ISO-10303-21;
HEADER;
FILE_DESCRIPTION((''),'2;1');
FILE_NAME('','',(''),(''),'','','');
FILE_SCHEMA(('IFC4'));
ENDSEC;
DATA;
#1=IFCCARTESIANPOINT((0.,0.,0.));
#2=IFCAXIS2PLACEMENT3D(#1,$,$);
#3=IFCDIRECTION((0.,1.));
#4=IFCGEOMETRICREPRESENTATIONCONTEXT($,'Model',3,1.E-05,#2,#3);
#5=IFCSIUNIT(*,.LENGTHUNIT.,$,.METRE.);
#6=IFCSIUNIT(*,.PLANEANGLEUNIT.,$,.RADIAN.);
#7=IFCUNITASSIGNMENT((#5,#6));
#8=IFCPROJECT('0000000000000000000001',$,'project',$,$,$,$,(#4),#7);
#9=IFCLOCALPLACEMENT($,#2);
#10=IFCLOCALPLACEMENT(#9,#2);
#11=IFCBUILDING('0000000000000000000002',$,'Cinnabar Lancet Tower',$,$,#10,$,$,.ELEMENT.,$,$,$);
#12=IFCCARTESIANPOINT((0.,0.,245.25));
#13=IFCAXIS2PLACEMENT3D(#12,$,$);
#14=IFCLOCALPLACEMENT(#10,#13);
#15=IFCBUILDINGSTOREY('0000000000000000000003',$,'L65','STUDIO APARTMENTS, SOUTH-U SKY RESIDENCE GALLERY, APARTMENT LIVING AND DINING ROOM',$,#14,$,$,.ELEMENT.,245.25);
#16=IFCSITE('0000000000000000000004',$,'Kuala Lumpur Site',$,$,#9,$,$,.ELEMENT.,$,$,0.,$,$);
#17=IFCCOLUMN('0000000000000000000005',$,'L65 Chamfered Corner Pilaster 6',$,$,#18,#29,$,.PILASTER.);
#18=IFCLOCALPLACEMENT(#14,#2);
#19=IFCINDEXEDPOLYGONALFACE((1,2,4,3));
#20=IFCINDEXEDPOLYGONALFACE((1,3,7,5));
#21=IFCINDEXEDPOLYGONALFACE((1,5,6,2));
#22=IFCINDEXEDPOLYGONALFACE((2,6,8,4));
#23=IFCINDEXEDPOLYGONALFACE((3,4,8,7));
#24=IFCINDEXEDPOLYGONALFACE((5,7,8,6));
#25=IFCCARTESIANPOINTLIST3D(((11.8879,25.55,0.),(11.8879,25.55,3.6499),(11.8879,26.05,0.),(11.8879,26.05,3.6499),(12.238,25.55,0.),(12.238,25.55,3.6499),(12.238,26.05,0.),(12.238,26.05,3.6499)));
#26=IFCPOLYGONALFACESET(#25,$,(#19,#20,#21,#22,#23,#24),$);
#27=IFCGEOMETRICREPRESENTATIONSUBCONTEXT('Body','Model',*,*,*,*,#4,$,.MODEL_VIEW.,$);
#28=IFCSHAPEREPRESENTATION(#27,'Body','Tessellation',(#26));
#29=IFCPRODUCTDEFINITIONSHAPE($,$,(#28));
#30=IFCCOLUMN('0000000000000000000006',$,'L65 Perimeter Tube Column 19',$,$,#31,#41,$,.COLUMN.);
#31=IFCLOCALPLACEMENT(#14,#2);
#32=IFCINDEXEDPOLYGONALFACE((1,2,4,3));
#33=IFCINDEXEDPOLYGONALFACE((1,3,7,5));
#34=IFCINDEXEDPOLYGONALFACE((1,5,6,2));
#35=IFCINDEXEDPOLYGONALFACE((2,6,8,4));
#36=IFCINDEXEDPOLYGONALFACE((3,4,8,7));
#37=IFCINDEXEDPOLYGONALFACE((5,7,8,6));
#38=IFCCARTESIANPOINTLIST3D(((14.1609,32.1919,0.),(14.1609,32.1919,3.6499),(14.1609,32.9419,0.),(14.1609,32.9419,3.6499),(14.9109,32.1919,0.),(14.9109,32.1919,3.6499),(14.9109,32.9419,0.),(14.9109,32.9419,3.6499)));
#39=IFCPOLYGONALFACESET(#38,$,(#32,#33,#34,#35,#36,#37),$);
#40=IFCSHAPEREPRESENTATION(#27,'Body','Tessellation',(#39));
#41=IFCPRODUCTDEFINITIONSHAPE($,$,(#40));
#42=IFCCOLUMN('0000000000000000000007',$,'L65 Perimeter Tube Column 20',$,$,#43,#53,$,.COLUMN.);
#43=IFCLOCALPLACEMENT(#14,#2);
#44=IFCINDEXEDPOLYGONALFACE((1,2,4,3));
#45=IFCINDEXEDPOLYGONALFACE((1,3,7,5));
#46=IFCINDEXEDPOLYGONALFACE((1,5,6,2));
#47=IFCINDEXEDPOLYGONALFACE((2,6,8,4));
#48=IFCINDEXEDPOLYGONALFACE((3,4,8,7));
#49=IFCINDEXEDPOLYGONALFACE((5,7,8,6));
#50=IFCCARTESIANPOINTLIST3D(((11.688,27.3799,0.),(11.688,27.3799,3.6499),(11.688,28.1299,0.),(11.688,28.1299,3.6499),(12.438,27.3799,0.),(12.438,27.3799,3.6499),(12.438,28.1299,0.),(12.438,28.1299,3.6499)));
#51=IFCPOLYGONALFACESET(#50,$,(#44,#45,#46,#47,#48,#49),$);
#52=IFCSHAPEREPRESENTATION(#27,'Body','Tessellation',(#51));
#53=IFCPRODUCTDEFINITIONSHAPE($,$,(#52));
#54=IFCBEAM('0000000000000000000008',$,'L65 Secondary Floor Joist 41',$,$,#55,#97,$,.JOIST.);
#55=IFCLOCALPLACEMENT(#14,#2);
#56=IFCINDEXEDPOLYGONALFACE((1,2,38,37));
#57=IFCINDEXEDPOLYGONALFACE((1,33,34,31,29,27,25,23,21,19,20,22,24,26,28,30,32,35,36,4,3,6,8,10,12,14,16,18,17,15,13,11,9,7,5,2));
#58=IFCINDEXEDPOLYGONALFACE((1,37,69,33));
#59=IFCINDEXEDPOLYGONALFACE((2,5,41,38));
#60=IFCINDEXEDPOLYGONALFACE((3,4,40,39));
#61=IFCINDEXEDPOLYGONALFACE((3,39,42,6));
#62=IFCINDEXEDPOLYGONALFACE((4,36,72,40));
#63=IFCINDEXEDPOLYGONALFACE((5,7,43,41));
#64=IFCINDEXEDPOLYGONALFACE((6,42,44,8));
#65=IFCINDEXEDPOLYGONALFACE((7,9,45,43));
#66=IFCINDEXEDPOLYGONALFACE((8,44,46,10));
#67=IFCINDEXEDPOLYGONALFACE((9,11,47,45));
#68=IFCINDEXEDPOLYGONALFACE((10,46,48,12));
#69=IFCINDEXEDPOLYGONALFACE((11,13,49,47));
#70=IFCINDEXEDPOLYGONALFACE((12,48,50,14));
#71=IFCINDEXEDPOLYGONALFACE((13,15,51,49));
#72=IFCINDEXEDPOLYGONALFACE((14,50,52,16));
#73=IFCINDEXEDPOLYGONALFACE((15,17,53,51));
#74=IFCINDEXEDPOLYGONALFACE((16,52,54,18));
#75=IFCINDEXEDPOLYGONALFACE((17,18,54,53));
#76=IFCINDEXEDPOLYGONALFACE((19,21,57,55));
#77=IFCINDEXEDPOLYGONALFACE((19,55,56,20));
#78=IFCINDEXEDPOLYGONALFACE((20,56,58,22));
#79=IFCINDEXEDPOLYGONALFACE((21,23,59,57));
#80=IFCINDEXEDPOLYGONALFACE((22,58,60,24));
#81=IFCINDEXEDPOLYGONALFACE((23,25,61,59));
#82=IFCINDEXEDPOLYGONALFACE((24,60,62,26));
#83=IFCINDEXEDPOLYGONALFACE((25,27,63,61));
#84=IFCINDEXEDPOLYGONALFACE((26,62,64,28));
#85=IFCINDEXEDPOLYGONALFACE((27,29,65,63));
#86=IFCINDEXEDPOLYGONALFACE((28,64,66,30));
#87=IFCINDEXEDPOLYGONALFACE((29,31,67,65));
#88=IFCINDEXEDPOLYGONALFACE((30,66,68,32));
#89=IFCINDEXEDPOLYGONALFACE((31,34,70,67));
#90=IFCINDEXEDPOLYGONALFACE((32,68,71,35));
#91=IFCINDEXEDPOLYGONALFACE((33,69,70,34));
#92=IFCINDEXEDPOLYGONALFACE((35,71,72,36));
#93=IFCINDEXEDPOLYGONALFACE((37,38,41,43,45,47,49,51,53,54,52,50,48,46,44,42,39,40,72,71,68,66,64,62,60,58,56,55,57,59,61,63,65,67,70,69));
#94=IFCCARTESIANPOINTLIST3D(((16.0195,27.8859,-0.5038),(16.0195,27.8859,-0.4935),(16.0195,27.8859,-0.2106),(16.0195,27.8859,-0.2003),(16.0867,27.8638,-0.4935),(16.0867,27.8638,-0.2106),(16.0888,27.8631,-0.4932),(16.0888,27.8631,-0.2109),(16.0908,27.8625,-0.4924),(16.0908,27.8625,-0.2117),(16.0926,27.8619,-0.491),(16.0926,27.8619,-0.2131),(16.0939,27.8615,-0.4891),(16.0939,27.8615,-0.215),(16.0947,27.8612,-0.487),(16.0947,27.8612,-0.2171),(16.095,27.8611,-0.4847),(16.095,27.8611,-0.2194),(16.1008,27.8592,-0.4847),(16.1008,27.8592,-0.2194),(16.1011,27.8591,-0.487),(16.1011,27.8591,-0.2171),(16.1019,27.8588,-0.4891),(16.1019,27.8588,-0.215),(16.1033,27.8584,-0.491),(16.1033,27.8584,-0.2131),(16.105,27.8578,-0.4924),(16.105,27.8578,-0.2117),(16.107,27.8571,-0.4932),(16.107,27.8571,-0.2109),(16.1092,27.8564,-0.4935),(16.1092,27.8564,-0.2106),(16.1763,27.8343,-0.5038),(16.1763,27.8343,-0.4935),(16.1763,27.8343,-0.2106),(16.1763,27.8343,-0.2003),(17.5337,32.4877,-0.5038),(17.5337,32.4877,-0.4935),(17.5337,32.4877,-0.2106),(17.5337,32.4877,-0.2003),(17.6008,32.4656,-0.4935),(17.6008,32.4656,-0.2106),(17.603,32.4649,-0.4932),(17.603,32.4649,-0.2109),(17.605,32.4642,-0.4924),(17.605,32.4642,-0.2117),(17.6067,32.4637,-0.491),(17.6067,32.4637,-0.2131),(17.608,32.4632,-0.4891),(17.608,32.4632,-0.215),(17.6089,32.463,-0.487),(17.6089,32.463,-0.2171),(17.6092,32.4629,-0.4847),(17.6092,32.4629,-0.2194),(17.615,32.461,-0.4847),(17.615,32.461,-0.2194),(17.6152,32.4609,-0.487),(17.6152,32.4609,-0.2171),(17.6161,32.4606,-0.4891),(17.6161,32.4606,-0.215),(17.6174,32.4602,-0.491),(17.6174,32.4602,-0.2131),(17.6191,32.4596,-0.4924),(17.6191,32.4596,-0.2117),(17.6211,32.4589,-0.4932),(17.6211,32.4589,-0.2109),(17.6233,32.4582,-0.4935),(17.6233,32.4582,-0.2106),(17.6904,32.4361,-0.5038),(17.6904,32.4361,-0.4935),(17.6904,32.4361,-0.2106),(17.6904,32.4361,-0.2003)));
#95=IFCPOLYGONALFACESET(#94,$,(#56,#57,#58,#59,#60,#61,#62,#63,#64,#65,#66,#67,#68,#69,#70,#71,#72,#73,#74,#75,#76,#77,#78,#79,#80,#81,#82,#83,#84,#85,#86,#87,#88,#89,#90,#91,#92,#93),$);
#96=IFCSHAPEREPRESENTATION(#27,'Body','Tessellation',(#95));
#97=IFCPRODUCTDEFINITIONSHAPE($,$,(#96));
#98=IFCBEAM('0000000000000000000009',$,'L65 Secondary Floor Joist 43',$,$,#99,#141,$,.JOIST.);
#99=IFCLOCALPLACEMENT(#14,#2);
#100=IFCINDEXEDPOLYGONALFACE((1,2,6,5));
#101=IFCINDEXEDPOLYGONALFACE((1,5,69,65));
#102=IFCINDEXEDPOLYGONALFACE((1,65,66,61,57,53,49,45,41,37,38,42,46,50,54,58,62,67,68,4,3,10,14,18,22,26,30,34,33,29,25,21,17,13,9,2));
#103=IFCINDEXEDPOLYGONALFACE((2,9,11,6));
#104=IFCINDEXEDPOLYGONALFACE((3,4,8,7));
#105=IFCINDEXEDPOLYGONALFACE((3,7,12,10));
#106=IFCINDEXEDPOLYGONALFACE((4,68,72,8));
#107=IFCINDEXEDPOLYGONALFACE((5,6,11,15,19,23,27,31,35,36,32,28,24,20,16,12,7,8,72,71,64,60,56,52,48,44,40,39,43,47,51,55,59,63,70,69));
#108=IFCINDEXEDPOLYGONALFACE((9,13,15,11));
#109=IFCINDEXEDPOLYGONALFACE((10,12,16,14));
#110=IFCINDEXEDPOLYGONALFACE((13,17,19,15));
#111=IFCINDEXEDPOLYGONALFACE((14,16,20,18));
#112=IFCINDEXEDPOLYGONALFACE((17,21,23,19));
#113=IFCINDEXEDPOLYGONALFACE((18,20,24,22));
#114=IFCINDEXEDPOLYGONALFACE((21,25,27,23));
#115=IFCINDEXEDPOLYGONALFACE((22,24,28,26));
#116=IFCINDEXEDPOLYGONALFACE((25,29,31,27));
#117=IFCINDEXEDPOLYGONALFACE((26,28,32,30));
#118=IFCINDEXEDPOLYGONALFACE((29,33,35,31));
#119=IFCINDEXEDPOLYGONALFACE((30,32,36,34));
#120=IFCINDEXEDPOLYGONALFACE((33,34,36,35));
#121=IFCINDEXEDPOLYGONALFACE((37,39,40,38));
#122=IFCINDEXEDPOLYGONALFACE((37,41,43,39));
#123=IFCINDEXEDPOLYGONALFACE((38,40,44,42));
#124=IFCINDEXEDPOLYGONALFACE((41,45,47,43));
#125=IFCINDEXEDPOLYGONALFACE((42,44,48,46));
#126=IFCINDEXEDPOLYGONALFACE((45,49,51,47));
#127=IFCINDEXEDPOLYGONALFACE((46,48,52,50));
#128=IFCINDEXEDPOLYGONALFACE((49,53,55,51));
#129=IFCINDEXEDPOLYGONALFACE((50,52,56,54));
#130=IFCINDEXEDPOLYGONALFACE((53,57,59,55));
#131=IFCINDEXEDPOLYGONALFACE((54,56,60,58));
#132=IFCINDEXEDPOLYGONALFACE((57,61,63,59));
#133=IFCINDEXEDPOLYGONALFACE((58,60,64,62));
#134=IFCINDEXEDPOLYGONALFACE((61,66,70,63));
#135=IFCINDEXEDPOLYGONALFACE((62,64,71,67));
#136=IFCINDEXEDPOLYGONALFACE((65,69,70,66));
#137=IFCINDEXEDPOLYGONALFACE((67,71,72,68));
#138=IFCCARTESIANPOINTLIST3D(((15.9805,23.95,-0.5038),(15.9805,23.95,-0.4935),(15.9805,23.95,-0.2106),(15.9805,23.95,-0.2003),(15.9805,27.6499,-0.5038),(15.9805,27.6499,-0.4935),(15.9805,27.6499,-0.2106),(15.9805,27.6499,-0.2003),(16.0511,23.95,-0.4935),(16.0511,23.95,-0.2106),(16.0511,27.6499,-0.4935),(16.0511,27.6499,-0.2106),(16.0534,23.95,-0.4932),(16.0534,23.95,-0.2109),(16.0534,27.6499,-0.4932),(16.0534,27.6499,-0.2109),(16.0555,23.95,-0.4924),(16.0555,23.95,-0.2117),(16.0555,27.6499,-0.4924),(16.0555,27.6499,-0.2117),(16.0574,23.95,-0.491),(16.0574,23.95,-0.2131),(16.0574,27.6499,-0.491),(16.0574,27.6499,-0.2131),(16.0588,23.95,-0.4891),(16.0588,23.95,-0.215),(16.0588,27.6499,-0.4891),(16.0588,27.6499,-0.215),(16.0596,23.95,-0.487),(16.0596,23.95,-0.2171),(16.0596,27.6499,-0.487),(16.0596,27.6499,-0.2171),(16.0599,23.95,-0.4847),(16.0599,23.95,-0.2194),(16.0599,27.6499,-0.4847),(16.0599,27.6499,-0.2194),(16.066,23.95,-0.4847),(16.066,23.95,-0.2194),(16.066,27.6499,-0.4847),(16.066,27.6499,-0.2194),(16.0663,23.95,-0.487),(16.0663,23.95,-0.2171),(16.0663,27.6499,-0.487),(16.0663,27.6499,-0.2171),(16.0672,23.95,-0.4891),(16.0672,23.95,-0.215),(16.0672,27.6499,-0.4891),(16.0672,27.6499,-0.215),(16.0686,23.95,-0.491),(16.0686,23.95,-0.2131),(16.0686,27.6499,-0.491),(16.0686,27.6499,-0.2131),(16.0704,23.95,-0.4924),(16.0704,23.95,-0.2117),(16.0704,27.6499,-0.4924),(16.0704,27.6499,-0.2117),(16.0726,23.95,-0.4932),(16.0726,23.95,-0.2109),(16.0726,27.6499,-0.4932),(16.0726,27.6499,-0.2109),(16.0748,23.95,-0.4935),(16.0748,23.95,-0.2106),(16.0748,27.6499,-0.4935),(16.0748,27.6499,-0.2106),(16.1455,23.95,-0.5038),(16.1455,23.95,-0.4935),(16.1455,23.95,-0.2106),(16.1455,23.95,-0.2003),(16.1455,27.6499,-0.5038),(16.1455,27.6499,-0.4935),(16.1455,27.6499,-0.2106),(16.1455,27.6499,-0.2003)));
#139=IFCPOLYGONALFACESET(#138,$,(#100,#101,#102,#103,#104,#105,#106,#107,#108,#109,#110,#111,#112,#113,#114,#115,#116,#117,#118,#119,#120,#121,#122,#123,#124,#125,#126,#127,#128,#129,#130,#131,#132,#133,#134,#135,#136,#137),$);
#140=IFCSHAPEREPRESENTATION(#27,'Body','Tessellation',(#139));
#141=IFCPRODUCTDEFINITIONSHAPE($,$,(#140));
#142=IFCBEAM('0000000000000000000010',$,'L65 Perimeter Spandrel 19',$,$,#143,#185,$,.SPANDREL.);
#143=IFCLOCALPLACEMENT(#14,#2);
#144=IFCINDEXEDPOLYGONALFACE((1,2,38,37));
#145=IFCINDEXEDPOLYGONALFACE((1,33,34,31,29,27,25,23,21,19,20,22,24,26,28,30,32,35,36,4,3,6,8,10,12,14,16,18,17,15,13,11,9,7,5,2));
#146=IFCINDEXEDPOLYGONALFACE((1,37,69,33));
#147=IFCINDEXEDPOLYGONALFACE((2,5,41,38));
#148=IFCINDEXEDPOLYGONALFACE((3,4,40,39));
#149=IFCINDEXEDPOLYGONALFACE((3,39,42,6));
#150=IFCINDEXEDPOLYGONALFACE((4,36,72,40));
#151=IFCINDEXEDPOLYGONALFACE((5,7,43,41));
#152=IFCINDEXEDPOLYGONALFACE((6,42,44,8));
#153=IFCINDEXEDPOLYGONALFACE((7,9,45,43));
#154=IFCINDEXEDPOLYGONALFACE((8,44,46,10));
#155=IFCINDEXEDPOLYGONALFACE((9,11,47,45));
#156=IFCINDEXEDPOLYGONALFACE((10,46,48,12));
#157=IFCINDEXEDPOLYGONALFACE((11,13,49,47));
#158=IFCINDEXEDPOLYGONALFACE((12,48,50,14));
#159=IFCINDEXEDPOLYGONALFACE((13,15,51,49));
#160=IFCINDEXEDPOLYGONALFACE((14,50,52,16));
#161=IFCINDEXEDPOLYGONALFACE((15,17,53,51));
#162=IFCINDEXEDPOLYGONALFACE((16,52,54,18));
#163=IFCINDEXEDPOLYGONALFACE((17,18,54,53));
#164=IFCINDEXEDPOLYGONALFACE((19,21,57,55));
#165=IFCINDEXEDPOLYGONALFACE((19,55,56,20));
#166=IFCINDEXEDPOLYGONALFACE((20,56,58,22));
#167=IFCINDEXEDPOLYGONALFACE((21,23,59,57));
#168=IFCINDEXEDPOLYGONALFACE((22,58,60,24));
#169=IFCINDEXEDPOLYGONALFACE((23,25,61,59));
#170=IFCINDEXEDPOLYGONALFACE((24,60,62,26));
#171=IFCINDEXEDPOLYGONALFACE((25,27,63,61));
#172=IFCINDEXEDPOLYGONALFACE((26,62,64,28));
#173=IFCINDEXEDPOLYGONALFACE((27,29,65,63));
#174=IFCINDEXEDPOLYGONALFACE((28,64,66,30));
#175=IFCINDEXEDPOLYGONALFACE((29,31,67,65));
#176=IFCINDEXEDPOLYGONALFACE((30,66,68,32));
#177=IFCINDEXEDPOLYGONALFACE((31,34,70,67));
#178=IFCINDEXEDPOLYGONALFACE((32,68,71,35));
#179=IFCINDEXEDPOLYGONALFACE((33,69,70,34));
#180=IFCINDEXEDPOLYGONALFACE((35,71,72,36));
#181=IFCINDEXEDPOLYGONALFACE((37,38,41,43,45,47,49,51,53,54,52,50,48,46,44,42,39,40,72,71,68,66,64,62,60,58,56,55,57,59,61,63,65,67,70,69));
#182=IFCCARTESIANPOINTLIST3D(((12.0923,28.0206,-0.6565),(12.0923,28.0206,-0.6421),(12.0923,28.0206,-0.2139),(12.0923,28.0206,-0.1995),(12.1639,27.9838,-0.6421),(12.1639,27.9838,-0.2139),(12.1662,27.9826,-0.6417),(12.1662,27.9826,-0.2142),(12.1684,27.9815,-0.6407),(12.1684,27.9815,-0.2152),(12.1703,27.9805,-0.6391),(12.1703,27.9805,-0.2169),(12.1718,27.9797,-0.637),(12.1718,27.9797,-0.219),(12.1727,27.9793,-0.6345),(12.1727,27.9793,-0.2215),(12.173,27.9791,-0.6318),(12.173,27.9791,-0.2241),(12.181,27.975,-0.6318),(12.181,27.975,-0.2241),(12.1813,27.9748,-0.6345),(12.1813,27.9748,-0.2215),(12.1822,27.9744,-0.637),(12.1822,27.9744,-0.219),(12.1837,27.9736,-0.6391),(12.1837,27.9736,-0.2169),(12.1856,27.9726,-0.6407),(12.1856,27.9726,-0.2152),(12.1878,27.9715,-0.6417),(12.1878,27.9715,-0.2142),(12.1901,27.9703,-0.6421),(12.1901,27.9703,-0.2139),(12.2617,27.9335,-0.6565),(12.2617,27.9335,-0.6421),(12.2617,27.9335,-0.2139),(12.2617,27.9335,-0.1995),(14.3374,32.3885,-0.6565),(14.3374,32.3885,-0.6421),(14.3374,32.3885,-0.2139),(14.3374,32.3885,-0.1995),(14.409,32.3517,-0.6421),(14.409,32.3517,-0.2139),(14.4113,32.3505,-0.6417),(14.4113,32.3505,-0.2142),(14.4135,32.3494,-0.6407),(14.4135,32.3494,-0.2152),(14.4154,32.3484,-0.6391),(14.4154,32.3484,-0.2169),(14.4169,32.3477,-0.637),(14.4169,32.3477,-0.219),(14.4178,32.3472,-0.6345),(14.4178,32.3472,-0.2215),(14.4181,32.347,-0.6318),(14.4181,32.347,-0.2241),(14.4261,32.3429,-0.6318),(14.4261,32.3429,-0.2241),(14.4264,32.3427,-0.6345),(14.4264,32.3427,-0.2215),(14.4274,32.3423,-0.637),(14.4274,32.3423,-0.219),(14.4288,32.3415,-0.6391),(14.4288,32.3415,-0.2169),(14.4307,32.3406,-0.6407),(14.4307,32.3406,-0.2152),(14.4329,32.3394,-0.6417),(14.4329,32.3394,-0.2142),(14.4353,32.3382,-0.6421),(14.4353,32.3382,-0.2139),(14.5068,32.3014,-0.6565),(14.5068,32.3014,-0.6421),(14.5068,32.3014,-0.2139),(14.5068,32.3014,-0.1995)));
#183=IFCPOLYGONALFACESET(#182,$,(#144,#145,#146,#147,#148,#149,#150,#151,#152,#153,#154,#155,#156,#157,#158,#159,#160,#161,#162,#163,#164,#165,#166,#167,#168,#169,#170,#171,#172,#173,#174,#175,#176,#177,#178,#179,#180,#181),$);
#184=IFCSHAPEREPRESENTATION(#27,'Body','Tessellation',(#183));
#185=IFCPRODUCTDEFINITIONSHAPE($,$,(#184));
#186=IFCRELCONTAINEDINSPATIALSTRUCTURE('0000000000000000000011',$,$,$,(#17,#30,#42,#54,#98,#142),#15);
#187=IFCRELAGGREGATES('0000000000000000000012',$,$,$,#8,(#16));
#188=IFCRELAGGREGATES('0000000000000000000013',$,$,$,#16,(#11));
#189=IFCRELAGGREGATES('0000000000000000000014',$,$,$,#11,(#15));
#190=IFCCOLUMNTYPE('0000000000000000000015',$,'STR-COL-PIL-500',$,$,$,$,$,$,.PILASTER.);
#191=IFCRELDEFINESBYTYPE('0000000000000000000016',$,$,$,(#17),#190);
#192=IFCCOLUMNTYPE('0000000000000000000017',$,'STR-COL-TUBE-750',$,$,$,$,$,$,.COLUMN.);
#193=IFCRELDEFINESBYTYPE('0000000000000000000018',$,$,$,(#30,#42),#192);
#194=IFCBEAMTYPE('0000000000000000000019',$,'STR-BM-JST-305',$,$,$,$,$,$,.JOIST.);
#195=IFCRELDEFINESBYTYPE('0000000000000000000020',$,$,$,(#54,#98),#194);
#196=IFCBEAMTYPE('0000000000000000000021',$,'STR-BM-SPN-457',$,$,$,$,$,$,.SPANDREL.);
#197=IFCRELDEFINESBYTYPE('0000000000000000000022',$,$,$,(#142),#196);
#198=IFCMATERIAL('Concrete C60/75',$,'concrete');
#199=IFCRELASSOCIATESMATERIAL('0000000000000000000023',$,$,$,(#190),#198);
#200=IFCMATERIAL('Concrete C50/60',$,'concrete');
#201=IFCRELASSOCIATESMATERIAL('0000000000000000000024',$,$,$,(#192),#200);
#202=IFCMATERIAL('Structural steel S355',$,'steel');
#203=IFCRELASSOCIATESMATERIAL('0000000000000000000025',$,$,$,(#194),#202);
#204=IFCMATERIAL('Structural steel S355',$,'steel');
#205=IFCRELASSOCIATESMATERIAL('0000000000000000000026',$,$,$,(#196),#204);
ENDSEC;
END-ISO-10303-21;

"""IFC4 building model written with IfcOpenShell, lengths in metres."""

from ifc_helpers import new_model, si_unit, direction, frame, origin, origin_2d, place, context, subcontext, project, spatial, rectangle, i_section, extrude, material, material_profile, profile_set, type_object, element, save


model = new_model("IFC4")

# Units and contexts
model_context = context("Model", 3, precision=1e-05, world=origin(), true_north=direction((0.0, 1.0)))
body_context = subcontext(model_context, "Body", "Model", "MODEL_VIEW")
ifc_project = project(units=[si_unit("LENGTHUNIT", "METRE"), si_unit("PLANEANGLEUNIT", "RADIAN")], contexts=[model_context])

# Site, building, storey
site_placement = place(None, origin())
site = spatial("IfcSite", under=ifc_project, at=site_placement, Name="Kuala Lumpur Site", CompositionType="ELEMENT", RefElevation=0.0)
building_placement = place(site_placement, origin())
building = spatial("IfcBuilding", under=site, at=building_placement, Name="Cinnabar Lancet Tower", CompositionType="ELEMENT")
storey_placement = place(building_placement, frame((0.0, 0.0, 245.25)))
storey = spatial("IfcBuildingStorey", under=building, at=storey_placement, Name="L65", Description="STUDIO APARTMENTS, SOUTH-U SKY RESIDENCE GALLERY, APARTMENT LIVING AND DINING ROOM", CompositionType="ELEMENT", Elevation=245.25)

# Columns
ifc_material_1 = material(Name="Concrete C60/75", Category="concrete")
ifc_material_profile_1 = material_profile(ifc_material_1, rectangle(XDim=0.5, YDim=0.3501, at=origin_2d()), Name="RC-PIL 500x350")
ifc_profile_set_1 = profile_set([ifc_material_profile_1], Name="Concrete C60/75")
column_type_1 = type_object("IfcColumnType", Name="STR-COL-PIL-500", PredefinedType="PILASTER", material=ifc_profile_set_1)
column_placement = place(storey_placement, frame((12.063, 25.8, 0.0), z_axis=(0.0, 0.0, 1.0), x_axis=(0.0, -1.0, 0.0)))
element("IfcColumn", 1, at=column_placement, inside=storey, type_object=column_type_1, Name="L65 Chamfered Corner Pilaster 6", PredefinedType="PILASTER", context=body_context, shape_type="SweptSolid", body=[
    extrude(rectangle(XDim=0.5, YDim=0.3501, at=origin_2d()), origin(), (0.0, 0.0, 1.0), 3.6499),
])
ifc_material_2 = material(Name="Concrete C50/60", Category="concrete")
ifc_material_profile_2 = material_profile(ifc_material_2, rectangle(XDim=0.75, YDim=0.75, at=origin_2d()), Name="RC-COL 750x750")
ifc_profile_set_2 = profile_set([ifc_material_profile_2], Name="Concrete C50/60")
column_type_2 = type_object("IfcColumnType", Name="STR-COL-TUBE-750", PredefinedType="COLUMN", material=ifc_profile_set_2)
for number, where, z_axis, x_axis, name in (
    (2, (14.5359, 32.5669, 0.0), (0.0, 0.0, 1.0), (1.0, 0.0, 0.0), "L65 Perimeter Tube Column 19"),
    (3, (12.063, 27.7549, 0.0), (0.0, 0.0, 1.0), (1.0, 0.0, 0.0), "L65 Perimeter Tube Column 20"),
):
    element("IfcColumn", number, at=place(storey_placement, frame(where, z_axis=z_axis, x_axis=x_axis)), inside=storey, type_object=column_type_2, Name=name, PredefinedType="COLUMN", context=body_context, shape_type="SweptSolid", body=[
        extrude(rectangle(XDim=0.75, YDim=0.75, at=origin_2d()), origin(), (0.0, 0.0, 1.0), 3.6499),
    ])

# Beams
ifc_material_3 = material(Name="Structural steel S355", Category="steel")
ifc_material_profile_3 = material_profile(ifc_material_3, i_section(OverallWidth=0.165, OverallDepth=0.3035, WebThickness=0.0061, FlangeThickness=0.0103, FilletRadius=0.0088, at=origin_2d()), Name="UKB 305x165x40")
ifc_profile_set_3 = profile_set([ifc_material_profile_3], Name="Structural steel S355")
beam_type_1 = type_object("IfcBeamType", Name="STR-BM-JST-305", PredefinedType="JOIST", material=ifc_profile_set_3)
beam_1_placement = place(storey_placement, frame((17.6121, 32.4619, -0.3521), z_axis=(-0.312552, -0.949901, 0.0), x_axis=(0.949901, -0.312552, 0.0)))
element("IfcBeam", 4, at=beam_1_placement, inside=storey, type_object=beam_type_1, Name="L65 Secondary Floor Joist 41", PredefinedType="JOIST", context=body_context, shape_type="SweptSolid", body=[
    extrude(i_section(OverallWidth=0.165, OverallDepth=0.3035, WebThickness=0.0061, FlangeThickness=0.0103, FilletRadius=0.0088, at=origin_2d()), origin(), (0.0, 0.0, 1.0), 4.8445),
])
beam_2_placement = place(storey_placement, frame((16.063, 27.6499, -0.3521), z_axis=(0.0, -1.0, 0.0), x_axis=(1.0, 0.0, 0.0)))
element("IfcBeam", 5, at=beam_2_placement, inside=storey, type_object=beam_type_1, Name="L65 Secondary Floor Joist 43", PredefinedType="JOIST", context=body_context, shape_type="SweptSolid", body=[
    extrude(i_section(OverallWidth=0.165, OverallDepth=0.3035, WebThickness=0.0061, FlangeThickness=0.0103, FilletRadius=0.0088, at=origin_2d()), origin(), (0.0, 0.0, 1.0), 3.7),
])
ifc_material_4 = material(Name="Structural steel S355", Category="steel")
ifc_material_profile_4 = material_profile(ifc_material_4, i_section(OverallWidth=0.1904, OverallDepth=0.457, WebThickness=0.009, FlangeThickness=0.0144, FilletRadius=0.0103, at=origin_2d()), Name="UKB 457x191x74")
ifc_profile_set_4 = profile_set([ifc_material_profile_4], Name="Structural steel S355")
beam_type_2 = type_object("IfcBeamType", Name="STR-BM-SPN-457", PredefinedType="SPANDREL", material=ifc_profile_set_4)
beam_3_placement = place(storey_placement, frame((14.4221, 32.345, -0.428), z_axis=(-0.457148, -0.889391, 0.0), x_axis=(0.889391, -0.457148, 0.0)))
element("IfcBeam", 6, at=beam_3_placement, inside=storey, type_object=beam_type_2, Name="L65 Perimeter Spandrel 19", PredefinedType="SPANDREL", context=body_context, shape_type="SweptSolid", body=[
    extrude(i_section(OverallWidth=0.1904, OverallDepth=0.457, WebThickness=0.009, FlangeThickness=0.0144, FilletRadius=0.0103, at=origin_2d()), origin(), (0.0, 0.0, 1.0), 4.9111),
])

save(model, "model.ifc")
